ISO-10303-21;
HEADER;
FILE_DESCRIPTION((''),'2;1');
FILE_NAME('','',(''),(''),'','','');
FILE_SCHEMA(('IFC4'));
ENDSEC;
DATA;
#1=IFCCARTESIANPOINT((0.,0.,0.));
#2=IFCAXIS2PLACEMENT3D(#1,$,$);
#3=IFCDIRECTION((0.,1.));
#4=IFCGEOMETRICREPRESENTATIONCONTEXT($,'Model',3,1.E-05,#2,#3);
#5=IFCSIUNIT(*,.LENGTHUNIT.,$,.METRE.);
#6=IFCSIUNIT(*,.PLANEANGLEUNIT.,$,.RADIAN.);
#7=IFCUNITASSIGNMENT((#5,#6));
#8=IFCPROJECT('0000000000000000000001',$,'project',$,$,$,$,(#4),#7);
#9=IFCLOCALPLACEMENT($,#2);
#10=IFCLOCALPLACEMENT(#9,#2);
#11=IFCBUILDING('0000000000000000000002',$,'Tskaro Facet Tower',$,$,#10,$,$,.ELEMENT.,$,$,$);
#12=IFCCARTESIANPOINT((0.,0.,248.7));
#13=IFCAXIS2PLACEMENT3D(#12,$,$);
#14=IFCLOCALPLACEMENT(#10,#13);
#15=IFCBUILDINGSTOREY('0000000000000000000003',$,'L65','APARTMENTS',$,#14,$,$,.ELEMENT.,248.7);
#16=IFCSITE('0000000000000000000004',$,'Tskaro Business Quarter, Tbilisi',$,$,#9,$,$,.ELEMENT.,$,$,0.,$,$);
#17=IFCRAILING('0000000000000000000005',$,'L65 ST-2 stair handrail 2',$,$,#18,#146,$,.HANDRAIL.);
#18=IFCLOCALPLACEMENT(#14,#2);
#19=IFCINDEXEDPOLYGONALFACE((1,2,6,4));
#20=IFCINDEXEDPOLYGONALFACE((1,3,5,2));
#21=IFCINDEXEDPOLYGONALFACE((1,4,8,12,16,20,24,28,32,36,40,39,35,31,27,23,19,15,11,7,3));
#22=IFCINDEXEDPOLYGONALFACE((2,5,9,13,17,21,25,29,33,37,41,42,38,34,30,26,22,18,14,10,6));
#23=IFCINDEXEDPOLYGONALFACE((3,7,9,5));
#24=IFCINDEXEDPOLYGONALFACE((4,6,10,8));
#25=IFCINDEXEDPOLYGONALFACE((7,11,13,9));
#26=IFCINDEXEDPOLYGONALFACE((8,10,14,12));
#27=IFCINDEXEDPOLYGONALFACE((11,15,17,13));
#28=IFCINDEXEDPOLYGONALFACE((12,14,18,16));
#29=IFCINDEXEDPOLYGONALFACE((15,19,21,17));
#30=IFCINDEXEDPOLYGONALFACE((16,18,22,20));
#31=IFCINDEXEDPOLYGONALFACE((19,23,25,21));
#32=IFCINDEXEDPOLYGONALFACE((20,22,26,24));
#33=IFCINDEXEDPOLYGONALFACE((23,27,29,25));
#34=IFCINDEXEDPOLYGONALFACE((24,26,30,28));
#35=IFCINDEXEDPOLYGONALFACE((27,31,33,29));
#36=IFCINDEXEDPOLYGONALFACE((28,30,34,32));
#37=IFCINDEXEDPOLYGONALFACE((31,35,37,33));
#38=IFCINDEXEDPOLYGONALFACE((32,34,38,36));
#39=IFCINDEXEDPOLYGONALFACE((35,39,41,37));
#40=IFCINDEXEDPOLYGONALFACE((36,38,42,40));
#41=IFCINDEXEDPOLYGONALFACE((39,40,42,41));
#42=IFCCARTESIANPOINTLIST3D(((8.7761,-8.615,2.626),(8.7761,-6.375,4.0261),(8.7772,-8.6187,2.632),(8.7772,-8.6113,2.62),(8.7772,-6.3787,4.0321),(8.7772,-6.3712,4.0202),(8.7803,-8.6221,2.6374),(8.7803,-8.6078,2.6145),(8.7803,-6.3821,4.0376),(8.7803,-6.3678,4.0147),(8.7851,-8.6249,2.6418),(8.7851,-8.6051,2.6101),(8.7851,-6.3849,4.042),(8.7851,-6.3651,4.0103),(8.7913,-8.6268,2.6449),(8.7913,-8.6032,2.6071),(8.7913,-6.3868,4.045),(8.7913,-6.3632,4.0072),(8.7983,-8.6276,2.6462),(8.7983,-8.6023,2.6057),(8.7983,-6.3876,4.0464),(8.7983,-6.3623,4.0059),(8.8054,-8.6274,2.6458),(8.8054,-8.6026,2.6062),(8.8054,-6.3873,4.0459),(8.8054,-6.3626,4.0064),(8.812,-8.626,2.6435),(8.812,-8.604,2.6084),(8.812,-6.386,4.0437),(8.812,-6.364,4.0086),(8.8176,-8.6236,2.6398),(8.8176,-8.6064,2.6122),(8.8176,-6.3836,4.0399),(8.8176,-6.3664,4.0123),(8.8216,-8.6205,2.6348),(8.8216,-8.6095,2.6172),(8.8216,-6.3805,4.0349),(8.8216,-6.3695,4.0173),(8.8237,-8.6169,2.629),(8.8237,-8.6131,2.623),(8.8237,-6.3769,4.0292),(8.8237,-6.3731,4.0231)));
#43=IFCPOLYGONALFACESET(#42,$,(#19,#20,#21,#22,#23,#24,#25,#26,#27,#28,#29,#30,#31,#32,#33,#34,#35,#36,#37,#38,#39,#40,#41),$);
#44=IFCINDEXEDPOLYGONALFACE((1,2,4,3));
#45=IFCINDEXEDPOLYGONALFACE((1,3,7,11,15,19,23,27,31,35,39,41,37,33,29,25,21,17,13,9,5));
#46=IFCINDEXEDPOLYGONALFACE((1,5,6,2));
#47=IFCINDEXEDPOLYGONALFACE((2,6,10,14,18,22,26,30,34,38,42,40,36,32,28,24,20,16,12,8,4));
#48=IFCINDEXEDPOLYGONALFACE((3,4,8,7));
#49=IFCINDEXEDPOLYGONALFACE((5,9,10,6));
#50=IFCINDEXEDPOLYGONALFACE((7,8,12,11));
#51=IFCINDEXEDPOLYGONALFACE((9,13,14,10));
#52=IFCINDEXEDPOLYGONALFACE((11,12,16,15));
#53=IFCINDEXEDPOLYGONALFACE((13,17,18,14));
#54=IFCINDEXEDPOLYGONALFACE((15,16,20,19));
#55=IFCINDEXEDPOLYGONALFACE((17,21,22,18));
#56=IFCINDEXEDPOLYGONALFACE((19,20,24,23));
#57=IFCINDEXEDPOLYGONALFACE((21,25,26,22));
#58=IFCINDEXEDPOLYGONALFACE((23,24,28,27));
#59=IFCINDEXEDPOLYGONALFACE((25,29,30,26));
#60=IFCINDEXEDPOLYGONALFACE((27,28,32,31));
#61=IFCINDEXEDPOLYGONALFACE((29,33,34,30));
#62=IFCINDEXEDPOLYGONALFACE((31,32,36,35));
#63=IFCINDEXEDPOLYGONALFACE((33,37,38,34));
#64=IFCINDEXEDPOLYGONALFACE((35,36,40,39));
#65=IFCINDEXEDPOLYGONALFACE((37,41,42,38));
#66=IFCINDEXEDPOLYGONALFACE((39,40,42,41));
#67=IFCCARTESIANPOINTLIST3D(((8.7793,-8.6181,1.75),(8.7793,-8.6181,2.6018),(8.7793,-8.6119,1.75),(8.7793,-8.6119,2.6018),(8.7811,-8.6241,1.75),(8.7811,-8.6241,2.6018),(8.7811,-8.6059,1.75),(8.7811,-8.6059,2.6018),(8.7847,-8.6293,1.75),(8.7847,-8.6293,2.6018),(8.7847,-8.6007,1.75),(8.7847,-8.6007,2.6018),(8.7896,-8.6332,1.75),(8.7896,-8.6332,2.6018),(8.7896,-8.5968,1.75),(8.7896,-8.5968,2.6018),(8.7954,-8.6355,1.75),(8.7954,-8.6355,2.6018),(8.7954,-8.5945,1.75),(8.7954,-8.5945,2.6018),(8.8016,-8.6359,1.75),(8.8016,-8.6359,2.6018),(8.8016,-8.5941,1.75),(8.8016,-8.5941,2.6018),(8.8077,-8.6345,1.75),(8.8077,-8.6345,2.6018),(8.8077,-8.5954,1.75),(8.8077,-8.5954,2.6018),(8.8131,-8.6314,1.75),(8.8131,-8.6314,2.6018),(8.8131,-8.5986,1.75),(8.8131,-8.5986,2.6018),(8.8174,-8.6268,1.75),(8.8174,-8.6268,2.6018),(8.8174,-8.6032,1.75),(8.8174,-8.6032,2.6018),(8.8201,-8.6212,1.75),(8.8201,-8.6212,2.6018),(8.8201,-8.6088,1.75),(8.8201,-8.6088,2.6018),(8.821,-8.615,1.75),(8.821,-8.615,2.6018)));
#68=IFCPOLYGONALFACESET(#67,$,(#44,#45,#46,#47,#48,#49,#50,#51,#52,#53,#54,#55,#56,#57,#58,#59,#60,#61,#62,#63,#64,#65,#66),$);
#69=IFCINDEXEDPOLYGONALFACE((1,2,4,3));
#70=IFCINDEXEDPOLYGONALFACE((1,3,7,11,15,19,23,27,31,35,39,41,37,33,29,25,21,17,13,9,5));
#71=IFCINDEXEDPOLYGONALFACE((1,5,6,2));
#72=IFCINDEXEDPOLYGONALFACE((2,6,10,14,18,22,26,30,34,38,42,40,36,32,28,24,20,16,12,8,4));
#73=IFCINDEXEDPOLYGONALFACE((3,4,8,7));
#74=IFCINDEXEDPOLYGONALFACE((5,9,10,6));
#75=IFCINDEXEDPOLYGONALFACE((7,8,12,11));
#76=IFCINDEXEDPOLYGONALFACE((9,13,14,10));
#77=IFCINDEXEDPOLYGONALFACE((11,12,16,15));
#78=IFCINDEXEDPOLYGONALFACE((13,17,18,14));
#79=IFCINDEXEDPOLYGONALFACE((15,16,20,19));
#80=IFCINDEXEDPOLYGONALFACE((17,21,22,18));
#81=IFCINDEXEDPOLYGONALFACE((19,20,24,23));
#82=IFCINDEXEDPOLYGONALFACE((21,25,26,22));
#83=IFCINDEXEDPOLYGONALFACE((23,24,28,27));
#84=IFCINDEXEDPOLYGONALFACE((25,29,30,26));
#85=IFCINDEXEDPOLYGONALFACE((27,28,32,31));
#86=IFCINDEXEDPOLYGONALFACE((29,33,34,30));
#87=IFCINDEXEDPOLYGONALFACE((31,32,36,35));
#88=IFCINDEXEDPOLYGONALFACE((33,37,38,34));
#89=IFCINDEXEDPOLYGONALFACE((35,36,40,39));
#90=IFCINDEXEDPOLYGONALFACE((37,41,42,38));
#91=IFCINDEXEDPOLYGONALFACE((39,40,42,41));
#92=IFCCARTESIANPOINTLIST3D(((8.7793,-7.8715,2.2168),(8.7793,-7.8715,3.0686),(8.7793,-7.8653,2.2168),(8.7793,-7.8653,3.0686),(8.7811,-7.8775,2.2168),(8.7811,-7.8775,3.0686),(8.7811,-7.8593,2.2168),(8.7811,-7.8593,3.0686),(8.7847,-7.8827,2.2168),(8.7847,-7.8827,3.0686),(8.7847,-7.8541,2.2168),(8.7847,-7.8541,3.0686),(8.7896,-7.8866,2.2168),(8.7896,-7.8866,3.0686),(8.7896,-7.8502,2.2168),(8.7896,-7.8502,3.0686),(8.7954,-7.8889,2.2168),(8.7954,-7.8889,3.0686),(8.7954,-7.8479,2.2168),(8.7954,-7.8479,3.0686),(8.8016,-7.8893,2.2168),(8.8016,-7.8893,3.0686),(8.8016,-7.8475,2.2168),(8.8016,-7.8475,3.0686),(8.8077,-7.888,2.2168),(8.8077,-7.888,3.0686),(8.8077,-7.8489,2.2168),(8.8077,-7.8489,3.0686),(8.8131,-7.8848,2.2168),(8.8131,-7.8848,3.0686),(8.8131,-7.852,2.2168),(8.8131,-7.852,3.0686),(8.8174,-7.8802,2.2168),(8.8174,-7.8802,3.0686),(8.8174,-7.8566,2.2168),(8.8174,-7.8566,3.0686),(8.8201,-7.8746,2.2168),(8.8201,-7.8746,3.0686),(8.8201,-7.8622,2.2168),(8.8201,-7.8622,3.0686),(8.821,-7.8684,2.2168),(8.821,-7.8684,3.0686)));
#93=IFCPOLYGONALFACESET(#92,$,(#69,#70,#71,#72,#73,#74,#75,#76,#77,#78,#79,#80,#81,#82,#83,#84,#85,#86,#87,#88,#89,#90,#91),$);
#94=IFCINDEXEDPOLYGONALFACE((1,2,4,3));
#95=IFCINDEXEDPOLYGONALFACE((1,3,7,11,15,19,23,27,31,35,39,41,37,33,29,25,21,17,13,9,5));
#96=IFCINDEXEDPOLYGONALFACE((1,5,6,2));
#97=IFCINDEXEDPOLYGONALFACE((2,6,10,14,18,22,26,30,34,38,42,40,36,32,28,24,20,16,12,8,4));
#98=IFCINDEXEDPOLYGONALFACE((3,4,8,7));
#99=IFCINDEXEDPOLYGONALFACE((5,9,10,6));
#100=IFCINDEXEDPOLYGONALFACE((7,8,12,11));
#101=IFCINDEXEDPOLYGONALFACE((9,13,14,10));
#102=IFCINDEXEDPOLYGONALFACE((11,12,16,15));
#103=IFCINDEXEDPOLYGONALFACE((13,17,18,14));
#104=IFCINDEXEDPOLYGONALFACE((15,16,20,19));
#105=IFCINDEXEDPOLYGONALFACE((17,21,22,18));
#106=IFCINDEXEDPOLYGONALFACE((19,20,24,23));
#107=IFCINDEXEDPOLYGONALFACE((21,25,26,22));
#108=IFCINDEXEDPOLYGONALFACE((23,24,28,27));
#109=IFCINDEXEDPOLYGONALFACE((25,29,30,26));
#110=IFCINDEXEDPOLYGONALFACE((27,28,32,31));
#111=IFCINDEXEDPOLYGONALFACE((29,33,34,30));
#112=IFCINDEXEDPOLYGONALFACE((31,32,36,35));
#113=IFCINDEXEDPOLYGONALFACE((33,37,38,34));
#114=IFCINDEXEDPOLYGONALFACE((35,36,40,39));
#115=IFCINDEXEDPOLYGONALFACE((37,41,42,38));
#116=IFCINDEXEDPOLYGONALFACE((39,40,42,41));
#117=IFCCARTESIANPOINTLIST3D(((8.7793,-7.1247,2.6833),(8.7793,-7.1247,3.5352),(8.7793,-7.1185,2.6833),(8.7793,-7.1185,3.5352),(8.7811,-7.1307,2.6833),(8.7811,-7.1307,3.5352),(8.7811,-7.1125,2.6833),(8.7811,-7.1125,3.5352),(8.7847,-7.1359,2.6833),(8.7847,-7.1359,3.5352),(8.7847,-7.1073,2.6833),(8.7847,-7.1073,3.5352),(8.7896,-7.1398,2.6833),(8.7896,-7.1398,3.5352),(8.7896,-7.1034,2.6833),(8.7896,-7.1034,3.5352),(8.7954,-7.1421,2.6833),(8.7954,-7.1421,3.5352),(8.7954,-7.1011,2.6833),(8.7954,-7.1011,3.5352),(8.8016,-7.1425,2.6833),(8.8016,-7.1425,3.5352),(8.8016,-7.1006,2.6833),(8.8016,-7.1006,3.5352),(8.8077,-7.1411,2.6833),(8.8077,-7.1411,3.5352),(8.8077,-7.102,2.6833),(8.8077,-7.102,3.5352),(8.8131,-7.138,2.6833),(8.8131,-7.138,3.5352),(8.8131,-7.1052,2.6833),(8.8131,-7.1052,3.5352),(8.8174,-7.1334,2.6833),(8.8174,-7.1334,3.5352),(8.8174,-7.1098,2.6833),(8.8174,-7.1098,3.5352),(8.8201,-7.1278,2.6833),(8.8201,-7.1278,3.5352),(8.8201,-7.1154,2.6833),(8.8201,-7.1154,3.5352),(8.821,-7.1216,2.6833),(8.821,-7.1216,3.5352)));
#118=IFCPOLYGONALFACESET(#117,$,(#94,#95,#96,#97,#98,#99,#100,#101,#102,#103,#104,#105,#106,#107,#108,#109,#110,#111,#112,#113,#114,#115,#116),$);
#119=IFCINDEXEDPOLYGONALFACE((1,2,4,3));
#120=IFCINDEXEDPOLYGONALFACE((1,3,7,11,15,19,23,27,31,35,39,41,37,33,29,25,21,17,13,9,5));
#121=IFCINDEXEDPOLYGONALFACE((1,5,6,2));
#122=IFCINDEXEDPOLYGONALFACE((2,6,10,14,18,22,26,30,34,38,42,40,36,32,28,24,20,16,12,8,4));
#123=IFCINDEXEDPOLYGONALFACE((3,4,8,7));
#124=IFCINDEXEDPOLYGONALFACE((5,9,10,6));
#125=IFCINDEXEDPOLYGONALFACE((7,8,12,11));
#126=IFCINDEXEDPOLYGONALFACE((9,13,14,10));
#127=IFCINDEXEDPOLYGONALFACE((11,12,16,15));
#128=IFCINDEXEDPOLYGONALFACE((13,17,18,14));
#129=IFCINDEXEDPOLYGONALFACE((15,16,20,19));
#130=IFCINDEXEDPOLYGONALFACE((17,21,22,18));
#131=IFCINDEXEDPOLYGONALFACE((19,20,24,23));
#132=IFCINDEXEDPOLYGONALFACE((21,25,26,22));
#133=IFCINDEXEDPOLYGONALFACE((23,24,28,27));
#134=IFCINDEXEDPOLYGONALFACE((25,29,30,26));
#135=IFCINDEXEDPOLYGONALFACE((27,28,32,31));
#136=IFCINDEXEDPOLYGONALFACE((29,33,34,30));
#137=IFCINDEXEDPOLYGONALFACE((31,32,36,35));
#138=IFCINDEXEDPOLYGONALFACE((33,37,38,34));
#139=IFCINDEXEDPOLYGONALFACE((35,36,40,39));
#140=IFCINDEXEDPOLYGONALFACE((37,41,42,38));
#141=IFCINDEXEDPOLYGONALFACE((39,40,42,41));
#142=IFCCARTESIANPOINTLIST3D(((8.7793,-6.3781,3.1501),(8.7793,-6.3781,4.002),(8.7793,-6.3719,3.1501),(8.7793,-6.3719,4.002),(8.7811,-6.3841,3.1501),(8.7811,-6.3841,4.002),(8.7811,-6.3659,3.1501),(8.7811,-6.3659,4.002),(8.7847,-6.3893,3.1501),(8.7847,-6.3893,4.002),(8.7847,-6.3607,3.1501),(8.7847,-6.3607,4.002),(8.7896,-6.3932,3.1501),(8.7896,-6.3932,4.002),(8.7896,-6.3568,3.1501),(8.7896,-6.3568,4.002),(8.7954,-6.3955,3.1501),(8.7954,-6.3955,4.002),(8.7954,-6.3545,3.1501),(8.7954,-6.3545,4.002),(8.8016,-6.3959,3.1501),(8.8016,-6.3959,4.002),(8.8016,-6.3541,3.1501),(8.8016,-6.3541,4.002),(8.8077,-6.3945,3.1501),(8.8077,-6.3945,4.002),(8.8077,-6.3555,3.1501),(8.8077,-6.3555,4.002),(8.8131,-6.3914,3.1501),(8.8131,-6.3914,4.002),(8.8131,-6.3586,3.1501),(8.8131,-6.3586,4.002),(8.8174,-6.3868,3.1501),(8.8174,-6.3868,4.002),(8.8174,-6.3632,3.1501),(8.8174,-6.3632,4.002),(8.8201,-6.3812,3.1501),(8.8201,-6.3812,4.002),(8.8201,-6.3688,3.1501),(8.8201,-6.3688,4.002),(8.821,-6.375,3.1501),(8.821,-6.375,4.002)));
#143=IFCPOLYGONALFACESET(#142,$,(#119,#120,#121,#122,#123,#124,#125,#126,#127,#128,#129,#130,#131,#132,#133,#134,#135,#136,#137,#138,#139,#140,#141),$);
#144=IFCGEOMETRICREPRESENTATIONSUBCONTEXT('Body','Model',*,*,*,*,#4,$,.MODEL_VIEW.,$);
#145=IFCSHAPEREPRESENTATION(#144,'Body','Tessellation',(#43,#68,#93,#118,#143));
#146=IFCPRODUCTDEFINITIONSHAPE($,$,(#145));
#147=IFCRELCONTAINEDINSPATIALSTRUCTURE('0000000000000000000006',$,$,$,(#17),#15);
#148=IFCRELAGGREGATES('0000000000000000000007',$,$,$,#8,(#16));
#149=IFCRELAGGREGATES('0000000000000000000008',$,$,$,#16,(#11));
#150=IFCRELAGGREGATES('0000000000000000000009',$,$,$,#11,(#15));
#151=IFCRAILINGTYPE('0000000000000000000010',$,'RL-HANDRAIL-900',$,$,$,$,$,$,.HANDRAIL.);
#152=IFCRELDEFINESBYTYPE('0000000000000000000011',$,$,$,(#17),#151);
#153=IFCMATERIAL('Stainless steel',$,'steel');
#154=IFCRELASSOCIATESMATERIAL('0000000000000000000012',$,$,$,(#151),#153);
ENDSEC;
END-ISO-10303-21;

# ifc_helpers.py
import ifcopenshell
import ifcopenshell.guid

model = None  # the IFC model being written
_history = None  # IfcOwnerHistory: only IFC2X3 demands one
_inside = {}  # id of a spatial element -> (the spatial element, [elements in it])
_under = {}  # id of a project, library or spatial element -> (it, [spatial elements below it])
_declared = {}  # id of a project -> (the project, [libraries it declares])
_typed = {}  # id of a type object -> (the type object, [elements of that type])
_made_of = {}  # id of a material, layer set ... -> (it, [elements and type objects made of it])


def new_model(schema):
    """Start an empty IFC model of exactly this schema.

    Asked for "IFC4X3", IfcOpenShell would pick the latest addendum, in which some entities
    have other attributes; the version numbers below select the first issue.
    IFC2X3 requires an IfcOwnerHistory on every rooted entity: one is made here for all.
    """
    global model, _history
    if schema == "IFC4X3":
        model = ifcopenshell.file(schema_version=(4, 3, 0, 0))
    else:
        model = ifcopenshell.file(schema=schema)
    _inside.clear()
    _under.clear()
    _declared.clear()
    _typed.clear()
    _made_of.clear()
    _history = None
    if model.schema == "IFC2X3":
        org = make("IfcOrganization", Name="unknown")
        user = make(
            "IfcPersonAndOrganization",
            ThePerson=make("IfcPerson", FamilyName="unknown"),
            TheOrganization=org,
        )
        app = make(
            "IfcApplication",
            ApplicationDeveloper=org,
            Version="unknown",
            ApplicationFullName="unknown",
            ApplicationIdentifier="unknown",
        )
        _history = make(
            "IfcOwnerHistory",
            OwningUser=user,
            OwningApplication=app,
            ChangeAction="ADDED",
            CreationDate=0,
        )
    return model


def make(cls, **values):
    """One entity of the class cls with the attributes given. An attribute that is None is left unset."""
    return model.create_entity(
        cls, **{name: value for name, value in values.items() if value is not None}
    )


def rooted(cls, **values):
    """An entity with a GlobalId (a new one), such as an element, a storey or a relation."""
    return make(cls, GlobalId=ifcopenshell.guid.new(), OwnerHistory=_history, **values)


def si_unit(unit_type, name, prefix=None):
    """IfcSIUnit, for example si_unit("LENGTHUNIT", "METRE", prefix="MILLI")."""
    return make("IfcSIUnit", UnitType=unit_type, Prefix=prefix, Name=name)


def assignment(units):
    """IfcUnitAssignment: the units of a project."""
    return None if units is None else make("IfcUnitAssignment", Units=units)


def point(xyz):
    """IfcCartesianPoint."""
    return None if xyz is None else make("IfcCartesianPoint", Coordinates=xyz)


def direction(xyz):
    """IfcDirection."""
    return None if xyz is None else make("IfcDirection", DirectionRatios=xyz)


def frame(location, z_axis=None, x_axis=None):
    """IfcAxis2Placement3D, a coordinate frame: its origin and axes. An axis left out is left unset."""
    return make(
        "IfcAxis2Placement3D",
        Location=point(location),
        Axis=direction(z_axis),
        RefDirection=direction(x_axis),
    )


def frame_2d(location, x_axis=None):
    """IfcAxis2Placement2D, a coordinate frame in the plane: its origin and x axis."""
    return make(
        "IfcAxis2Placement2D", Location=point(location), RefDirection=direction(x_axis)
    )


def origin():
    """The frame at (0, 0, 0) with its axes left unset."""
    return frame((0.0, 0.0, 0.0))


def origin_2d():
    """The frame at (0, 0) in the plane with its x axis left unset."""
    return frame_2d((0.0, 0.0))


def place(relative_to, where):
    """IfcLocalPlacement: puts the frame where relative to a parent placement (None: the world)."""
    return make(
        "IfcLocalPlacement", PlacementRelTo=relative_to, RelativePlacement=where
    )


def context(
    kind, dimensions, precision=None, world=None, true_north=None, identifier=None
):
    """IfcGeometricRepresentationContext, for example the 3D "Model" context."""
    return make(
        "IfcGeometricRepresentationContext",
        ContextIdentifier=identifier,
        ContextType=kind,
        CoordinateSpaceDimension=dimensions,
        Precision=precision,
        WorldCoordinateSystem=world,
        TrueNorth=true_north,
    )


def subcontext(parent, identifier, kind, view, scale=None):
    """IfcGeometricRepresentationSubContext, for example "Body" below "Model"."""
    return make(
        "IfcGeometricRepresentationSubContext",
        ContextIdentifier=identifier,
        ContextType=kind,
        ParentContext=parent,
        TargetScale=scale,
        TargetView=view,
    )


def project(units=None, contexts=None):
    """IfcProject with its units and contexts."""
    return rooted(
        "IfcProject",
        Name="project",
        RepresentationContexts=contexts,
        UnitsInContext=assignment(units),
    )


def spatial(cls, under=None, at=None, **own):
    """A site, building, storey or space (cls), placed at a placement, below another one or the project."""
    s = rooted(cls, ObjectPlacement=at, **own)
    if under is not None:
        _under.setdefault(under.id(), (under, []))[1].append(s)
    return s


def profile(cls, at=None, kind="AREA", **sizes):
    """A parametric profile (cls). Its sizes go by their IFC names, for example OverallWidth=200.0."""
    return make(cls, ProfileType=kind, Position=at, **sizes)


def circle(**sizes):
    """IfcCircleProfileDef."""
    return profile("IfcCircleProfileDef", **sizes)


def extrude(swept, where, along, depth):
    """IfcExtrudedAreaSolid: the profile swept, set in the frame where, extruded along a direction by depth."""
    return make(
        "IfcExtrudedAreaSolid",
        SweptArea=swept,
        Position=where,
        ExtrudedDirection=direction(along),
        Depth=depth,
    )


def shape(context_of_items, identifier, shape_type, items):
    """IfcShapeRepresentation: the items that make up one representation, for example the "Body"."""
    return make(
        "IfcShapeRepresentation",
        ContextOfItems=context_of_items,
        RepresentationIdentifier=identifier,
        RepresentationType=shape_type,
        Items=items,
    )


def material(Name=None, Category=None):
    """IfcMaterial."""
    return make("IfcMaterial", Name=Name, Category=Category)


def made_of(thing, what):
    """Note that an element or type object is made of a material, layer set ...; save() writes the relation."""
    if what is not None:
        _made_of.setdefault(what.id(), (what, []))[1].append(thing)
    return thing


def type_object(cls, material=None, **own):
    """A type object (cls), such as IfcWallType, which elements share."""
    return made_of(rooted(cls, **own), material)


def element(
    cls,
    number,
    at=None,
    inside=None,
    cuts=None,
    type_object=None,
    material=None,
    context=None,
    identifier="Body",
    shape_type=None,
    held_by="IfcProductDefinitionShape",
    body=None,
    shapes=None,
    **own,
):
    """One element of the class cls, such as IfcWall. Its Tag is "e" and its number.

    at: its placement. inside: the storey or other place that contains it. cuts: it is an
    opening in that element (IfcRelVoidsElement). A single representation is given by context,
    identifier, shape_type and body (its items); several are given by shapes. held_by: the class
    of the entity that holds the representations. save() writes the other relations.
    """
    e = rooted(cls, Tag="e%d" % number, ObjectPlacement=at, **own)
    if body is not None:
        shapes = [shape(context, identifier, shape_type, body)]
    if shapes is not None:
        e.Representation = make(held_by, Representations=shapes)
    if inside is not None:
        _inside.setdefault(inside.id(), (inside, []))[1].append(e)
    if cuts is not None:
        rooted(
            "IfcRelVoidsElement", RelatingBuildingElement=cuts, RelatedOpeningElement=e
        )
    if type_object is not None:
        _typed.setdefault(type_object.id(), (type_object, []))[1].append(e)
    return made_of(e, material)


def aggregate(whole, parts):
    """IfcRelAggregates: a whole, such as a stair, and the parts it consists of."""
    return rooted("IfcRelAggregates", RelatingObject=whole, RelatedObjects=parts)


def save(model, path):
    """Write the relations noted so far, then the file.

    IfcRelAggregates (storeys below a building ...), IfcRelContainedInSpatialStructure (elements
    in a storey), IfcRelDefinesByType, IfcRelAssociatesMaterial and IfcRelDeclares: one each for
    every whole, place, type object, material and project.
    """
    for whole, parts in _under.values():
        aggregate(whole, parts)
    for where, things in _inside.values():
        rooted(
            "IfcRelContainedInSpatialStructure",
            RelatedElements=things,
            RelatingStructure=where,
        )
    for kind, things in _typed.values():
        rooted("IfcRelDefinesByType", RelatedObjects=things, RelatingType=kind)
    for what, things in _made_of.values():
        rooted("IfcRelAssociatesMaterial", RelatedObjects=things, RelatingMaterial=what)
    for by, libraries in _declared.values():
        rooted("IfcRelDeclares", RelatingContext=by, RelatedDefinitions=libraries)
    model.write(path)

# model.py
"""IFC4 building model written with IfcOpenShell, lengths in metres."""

from ifc_helpers import new_model, si_unit, direction, frame, origin, origin_2d, place, context, subcontext, project, spatial, circle, extrude, material, type_object, element, save


model = new_model("IFC4")

# Units and contexts
model_context = context("Model", 3, precision=1e-05, world=origin(), true_north=direction((0.0, 1.0)))
body_context = subcontext(model_context, "Body", "Model", "MODEL_VIEW")
ifc_project = project(units=[si_unit("LENGTHUNIT", "METRE"), si_unit("PLANEANGLEUNIT", "RADIAN")], contexts=[model_context])

# Site, building, storey
site_placement = place(None, origin())
site = spatial("IfcSite", under=ifc_project, at=site_placement, Name="Tskaro Business Quarter, Tbilisi", CompositionType="ELEMENT", RefElevation=0.0)
building_placement = place(site_placement, origin())
building = spatial("IfcBuilding", under=site, at=building_placement, Name="Tskaro Facet Tower", CompositionType="ELEMENT")
storey_placement = place(building_placement, frame((0.0, 0.0, 248.7)))
storey = spatial("IfcBuildingStorey", under=building, at=storey_placement, Name="L65", Description="APARTMENTS", CompositionType="ELEMENT", Elevation=248.7)

# Railing
ifc_material_1 = material(Name="Stainless steel", Category="steel")
railing_type_1 = type_object("IfcRailingType", Name="RL-HANDRAIL-900", PredefinedType="HANDRAIL", material=ifc_material_1)
railing_1_placement = place(storey_placement, frame((8.8, -8.615, 1.75)))
element("IfcRailing", 1, at=railing_1_placement, inside=storey, type_object=railing_type_1, Name="L65 ST-2 stair handrail 2", PredefinedType="HANDRAIL", context=body_context, shape_type="SweptSolid", body=[
    extrude(circle(Radius=0.0239, at=origin_2d()), frame((0.0, 0.0, 0.876), z_axis=(0.0, 0.847972, 0.53004), x_axis=(-1.0, 0.0, 0.0)), (0.0, 0.0, 1.0), 2.6416),
    extrude(circle(Radius=0.021, at=origin_2d()), origin(), (0.0, 0.0, 1.0), 0.8518),
    extrude(circle(Radius=0.021, at=origin_2d()), frame((0.0, 0.7466, 0.4668)), (0.0, 0.0, 1.0), 0.8518),
    extrude(circle(Radius=0.021, at=origin_2d()), frame((0.0, 1.4934, 0.9333)), (0.0, 0.0, 1.0), 0.8518),
    extrude(circle(Radius=0.021, at=origin_2d()), frame((0.0, 2.24, 1.4001)), (0.0, 0.0, 1.0), 0.8518),
])

save(model, "model.ifc")
